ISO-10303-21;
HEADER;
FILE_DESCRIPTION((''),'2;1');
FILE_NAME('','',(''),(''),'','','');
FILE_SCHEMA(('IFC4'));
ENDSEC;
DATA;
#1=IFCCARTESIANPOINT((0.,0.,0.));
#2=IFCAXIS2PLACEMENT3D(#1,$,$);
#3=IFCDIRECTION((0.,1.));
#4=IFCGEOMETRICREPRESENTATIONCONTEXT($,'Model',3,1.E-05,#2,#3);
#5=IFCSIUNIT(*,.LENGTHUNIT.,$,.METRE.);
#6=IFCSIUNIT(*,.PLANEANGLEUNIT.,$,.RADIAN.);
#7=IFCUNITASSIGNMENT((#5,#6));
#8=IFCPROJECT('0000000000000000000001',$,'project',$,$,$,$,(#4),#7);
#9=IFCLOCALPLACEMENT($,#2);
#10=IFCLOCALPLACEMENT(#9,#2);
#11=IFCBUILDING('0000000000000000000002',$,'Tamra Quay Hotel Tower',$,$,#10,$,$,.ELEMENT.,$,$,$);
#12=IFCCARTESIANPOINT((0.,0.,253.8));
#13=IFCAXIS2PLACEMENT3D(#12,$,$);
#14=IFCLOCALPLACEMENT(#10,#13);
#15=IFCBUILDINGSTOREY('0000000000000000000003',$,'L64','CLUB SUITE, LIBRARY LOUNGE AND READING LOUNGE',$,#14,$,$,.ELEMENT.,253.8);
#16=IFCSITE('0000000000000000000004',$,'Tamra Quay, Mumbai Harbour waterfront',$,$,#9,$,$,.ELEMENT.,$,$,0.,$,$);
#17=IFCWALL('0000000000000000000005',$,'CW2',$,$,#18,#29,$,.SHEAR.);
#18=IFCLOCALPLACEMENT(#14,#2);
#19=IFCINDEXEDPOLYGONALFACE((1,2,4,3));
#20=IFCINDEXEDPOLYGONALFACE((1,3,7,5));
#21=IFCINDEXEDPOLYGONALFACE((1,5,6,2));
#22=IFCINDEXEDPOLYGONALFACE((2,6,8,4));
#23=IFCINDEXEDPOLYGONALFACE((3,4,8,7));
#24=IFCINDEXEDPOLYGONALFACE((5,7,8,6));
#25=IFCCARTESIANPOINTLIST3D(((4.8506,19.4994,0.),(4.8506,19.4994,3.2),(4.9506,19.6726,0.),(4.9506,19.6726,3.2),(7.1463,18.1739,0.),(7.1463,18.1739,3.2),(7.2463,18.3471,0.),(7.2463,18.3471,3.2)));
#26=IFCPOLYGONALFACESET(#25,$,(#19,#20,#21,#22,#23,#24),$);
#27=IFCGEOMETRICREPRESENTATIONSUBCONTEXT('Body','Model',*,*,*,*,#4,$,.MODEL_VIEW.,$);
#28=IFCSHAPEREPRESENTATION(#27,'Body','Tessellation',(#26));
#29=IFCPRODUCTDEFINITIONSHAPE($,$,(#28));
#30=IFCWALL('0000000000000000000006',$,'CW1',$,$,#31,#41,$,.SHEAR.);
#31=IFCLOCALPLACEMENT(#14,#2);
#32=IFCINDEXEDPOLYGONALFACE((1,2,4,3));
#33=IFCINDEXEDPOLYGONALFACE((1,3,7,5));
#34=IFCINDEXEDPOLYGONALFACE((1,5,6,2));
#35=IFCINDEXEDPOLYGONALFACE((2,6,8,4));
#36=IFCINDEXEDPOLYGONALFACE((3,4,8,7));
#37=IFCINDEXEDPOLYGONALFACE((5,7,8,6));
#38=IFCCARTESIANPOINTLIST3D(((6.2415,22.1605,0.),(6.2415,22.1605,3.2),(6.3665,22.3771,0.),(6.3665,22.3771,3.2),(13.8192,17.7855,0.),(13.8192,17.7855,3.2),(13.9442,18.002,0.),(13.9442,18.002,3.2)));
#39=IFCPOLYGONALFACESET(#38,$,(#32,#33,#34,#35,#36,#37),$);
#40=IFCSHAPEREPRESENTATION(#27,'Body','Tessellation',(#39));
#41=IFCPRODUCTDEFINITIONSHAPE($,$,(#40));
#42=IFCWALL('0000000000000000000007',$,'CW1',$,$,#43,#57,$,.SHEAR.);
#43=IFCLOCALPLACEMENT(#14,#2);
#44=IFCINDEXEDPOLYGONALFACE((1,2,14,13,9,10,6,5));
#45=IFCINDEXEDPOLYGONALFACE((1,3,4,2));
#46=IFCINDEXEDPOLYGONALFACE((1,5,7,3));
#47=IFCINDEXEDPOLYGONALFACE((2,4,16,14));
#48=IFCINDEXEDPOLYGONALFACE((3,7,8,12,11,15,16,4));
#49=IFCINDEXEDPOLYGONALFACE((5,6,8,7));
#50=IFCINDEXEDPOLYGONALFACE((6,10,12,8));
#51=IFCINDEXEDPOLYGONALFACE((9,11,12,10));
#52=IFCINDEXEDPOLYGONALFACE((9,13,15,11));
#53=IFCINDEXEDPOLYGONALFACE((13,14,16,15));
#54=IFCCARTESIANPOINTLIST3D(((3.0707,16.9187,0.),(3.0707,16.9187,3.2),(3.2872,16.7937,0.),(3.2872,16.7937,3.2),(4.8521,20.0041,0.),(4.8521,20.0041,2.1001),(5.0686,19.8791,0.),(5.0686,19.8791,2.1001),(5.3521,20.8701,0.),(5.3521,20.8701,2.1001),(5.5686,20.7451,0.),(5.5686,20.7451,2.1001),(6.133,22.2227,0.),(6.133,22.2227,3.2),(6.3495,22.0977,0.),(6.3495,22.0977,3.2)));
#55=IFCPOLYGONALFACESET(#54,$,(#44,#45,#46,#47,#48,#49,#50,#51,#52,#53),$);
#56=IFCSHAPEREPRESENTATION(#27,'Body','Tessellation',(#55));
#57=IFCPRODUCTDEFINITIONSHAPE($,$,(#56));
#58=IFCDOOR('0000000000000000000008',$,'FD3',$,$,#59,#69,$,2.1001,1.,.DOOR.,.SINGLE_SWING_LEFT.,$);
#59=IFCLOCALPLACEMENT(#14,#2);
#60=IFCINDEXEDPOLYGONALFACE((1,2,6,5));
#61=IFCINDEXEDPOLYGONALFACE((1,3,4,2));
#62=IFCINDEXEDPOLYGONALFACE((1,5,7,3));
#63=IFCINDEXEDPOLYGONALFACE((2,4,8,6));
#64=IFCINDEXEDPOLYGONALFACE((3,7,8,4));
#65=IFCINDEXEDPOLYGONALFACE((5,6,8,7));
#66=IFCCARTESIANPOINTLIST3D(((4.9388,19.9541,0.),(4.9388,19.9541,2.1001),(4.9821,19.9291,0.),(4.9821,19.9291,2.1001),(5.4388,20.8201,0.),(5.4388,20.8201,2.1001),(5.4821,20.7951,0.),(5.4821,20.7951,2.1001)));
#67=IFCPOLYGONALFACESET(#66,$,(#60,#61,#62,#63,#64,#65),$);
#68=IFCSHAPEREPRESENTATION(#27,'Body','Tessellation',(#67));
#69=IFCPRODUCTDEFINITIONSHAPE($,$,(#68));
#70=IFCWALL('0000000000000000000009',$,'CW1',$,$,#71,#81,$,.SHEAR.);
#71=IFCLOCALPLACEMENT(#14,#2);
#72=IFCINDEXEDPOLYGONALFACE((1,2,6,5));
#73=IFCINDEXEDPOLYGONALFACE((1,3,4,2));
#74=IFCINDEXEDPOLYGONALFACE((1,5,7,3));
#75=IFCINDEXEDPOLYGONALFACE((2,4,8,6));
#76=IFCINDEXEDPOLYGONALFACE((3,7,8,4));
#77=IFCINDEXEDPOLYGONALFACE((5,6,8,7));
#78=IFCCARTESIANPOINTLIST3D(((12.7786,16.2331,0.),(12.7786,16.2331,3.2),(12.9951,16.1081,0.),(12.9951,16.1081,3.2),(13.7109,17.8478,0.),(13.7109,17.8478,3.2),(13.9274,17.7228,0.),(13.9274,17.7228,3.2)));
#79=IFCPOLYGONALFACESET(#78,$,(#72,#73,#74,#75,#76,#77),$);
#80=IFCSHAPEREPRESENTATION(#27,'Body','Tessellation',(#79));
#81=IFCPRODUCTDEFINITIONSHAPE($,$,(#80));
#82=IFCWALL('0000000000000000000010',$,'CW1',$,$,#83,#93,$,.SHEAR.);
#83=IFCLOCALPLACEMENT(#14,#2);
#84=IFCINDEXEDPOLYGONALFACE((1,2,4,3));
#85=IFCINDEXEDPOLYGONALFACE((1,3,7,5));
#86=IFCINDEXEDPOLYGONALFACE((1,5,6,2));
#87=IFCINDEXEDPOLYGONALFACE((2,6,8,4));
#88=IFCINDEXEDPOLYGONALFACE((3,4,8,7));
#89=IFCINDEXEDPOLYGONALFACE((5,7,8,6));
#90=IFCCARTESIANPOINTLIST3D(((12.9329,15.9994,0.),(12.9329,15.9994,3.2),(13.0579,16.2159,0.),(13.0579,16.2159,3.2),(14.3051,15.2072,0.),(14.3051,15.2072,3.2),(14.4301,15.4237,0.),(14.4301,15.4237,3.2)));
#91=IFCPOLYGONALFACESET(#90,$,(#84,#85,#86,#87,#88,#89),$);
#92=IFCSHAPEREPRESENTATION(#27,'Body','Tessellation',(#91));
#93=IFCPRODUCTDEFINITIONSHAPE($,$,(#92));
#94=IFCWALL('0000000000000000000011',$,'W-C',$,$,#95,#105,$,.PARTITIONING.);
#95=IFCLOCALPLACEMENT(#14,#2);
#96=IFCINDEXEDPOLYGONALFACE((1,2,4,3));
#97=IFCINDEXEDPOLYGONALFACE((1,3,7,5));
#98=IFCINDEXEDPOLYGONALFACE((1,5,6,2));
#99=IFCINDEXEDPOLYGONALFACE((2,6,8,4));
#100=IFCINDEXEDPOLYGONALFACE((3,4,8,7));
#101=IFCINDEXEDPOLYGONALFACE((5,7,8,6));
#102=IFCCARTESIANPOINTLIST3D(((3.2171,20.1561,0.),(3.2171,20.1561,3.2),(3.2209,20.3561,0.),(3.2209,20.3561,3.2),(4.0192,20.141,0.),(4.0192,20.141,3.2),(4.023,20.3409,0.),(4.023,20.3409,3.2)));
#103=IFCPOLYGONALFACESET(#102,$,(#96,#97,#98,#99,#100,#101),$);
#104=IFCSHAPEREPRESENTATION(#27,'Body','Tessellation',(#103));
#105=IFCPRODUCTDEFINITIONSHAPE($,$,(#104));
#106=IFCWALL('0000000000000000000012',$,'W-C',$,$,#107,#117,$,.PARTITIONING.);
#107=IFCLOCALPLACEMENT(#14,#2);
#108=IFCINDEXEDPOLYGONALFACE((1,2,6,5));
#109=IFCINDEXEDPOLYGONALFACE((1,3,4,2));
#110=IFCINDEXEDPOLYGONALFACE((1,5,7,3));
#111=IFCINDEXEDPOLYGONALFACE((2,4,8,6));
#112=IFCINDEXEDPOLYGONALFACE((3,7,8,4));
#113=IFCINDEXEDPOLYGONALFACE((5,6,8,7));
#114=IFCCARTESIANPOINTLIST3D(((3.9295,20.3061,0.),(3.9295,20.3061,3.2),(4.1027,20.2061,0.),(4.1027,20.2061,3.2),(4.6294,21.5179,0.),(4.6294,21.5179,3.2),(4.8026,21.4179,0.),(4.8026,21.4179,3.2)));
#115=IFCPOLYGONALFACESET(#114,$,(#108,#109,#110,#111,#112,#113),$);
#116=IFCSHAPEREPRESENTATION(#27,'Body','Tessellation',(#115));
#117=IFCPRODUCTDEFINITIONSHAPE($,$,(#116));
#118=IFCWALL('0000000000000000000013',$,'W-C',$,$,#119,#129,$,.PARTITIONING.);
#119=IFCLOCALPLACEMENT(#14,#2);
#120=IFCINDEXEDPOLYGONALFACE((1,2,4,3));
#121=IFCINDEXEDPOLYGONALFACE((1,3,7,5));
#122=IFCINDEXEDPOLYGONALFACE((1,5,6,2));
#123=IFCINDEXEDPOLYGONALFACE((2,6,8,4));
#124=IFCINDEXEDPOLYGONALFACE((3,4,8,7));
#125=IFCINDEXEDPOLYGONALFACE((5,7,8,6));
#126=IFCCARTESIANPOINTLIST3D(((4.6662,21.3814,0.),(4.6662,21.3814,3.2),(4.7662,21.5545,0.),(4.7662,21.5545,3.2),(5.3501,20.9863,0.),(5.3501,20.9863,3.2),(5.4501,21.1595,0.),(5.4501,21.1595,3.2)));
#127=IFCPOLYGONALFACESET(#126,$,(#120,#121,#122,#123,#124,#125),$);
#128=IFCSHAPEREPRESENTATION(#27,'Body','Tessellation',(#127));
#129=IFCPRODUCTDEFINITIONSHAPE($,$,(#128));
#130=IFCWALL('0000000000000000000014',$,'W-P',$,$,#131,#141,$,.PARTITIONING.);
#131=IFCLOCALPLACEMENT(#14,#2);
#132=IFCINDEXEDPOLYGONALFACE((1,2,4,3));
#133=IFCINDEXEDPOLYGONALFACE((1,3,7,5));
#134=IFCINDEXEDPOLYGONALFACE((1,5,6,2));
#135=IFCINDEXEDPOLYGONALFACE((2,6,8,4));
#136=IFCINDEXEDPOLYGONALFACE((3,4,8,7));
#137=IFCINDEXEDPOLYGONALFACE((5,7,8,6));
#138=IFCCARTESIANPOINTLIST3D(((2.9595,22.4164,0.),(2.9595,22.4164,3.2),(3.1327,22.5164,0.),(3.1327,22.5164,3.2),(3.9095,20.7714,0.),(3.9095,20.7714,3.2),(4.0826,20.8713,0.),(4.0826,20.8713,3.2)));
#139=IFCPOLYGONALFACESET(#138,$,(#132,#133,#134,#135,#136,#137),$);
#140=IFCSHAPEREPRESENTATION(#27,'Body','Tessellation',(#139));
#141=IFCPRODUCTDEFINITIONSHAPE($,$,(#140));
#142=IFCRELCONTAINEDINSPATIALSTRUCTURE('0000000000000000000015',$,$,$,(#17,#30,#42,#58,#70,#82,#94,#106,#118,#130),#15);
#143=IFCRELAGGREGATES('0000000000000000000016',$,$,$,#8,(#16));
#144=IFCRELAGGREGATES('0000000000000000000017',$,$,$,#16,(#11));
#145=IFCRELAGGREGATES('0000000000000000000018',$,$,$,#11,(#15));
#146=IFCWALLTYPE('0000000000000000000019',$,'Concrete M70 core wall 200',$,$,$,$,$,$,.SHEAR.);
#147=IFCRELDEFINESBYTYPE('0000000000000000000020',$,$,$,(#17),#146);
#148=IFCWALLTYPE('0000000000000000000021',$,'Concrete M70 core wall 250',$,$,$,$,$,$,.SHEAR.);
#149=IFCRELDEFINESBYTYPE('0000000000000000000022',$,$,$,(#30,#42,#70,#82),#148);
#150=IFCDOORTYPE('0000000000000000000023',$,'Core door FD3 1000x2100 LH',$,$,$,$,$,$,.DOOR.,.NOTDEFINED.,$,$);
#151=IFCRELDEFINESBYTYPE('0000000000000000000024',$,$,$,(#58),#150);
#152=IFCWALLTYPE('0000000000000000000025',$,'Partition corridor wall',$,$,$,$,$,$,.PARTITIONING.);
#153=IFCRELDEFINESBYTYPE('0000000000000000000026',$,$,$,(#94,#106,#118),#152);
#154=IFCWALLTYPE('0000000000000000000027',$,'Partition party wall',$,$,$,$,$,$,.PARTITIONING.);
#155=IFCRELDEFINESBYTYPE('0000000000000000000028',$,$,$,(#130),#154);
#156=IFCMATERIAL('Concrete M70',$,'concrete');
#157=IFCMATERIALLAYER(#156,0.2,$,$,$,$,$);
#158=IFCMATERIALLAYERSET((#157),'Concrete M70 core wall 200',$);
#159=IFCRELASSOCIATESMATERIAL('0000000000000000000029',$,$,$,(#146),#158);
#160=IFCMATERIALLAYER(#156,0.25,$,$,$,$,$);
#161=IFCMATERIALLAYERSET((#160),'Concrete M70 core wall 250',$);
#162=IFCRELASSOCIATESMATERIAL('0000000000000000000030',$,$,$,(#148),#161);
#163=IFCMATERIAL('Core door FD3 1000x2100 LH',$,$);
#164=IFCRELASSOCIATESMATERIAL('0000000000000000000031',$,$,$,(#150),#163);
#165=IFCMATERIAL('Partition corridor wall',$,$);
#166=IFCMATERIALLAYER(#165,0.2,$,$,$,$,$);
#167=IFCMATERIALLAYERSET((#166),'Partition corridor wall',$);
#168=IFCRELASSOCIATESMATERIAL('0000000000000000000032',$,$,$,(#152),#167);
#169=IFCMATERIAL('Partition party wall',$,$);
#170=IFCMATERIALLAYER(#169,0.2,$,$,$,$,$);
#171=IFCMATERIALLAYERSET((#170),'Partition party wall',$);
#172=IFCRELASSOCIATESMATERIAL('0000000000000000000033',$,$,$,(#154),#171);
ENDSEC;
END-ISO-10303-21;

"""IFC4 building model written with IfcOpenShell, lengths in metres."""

from ifc_helpers import new_model, si_unit, direction, frame, frame_2d, origin, place, context, subcontext, project, spatial, rectangle, extrude, material, layer, layer_set, type_object, element, fill, save


model = new_model("IFC4")

# Units and contexts
model_context = context("Model", 3, precision=1e-05, world=origin(), true_north=direction((0.0, 1.0)))
body_context = subcontext(model_context, "Body", "Model", "MODEL_VIEW")
ifc_project = project(units=[si_unit("LENGTHUNIT", "METRE"), si_unit("PLANEANGLEUNIT", "RADIAN")], contexts=[model_context])

# Site, building, storey
site_placement = place(None, origin())
site = spatial("IfcSite", under=ifc_project, at=site_placement, Name="Tamra Quay, Mumbai Harbour waterfront", CompositionType="ELEMENT", RefElevation=0.0)
building_placement = place(site_placement, origin())
building = spatial("IfcBuilding", under=site, at=building_placement, Name="Tamra Quay Hotel Tower", CompositionType="ELEMENT")
storey_placement = place(building_placement, frame((0.0, 0.0, 253.8)))
storey = spatial("IfcBuildingStorey", under=building, at=storey_placement, Name="L64", Description="CLUB SUITE, LIBRARY LOUNGE AND READING LOUNGE", CompositionType="ELEMENT", Elevation=253.8)

# Shared definitions
ifc_material_1 = material(Name="Concrete M70", Category="concrete")

# Shared definitions
ifc_layer_1 = layer(ifc_material_1, 0.2)
ifc_layer_set_1 = layer_set([ifc_layer_1], Name="Concrete M70 core wall 200")
wall_type_1 = type_object("IfcWallType", Name="Concrete M70 core wall 200", PredefinedType="SHEAR", material=ifc_layer_set_1)

# Walls
wall_1_placement = place(storey_placement, frame((7.1963, 18.2605, 0.0), z_axis=(0.0, 0.0, 1.0), x_axis=(-0.866018, 0.500012, 0.0)))
element("IfcWall", 1, at=wall_1_placement, inside=storey, type_object=wall_type_1, Name="CW2", PredefinedType="SHEAR", context=body_context, shape_type="SweptSolid", body=[
    extrude(rectangle(XDim=2.6509, YDim=0.2, at=frame_2d((1.3254, 0.0))), origin(), (0.0, 0.0, 1.0), 3.2),
])
ifc_layer_2 = layer(ifc_material_1, 0.25)
ifc_layer_set_2 = layer_set([ifc_layer_2], Name="Concrete M70 core wall 250")
wall_type_2 = type_object("IfcWallType", Name="Concrete M70 core wall 250", PredefinedType="SHEAR", material=ifc_layer_set_2)
wall_2_placement = place(storey_placement, frame((6.304, 22.2688, 0.0), z_axis=(0.0, 0.0, 1.0), x_axis=(0.866023, -0.500004, 0.0)))
element("IfcWall", 2, at=wall_2_placement, inside=storey, type_object=wall_type_2, Name="CW1", PredefinedType="SHEAR", context=body_context, shape_type="SweptSolid", body=[
    extrude(rectangle(XDim=8.75, YDim=0.25, at=frame_2d((4.375, 0.0))), origin(), (0.0, 0.0, 1.0), 3.2),
])

# Wall, opening, door
wall_3_placement = place(storey_placement, frame((3.179, 16.8562, 0.0), z_axis=(0.0, 0.0, 1.0), x_axis=(0.500002, 0.866024, 0.0)))
wall_3 = element("IfcWall", 3, at=wall_3_placement, inside=storey, type_object=wall_type_2, Name="CW1", PredefinedType="SHEAR", context=body_context, shape_type="SweptSolid", body=[
    extrude(rectangle(XDim=6.1245, YDim=0.25, at=frame_2d((3.0623, 0.0))), origin(), (0.0, 0.0, 1.0), 3.2),
])
opening_1_placement = place(wall_3_placement, frame((3.5627, 0.0, 0.0)))
opening_1 = element("IfcOpeningElement", 4, at=opening_1_placement, cuts=wall_3, PredefinedType="OPENING", context=body_context, shape_type="SweptSolid", body=[
    extrude(rectangle(XDim=1.0, YDim=2.1001, at=frame_2d((0.5, 1.05))), frame((0.0, 0.135, 0.0), z_axis=(0.0, -1.0, 0.0), x_axis=(1.0, 0.0, 0.0)), (0.0, 0.0, 1.0), 0.27),
])
ifc_material_2 = material(Name="Core door FD3 1000x2100 LH")
door_type_1 = type_object("IfcDoorType", Name="Core door FD3 1000x2100 LH", OperationType="NOTDEFINED", PredefinedType="DOOR", material=ifc_material_2)
door_1_placement = place(opening_1_placement, origin())
door_1 = element("IfcDoor", 5, at=door_1_placement, inside=storey, type_object=door_type_1, Name="FD3", OperationType="SINGLE_SWING_LEFT", OverallHeight=2.1001, OverallWidth=1.0, PredefinedType="DOOR", context=body_context, shape_type="SweptSolid", body=[
    extrude(rectangle(XDim=1.0, YDim=2.1001, at=frame_2d((0.5, 1.05))), frame((0.0, 0.0249, 0.0), z_axis=(0.0, -1.0, 0.0), x_axis=(1.0, 0.0, 0.0)), (0.0, 0.0, 1.0), 0.05),
])
fill(opening_1, door_1)

# Walls
wall_4_placement = place(storey_placement, frame((13.8191, 17.7852, 0.0), z_axis=(0.0, 0.0, 1.0), x_axis=(-0.50004, -0.866002, 0.0)))
element("IfcWall", 6, at=wall_4_placement, inside=storey, type_object=wall_type_2, Name="CW1", PredefinedType="SHEAR", context=body_context, shape_type="SweptSolid", body=[
    extrude(rectangle(XDim=1.8645, YDim=0.25, at=frame_2d((0.9321, 0.0))), origin(), (0.0, 0.0, 1.0), 3.2),
])
wall_5_placement = place(storey_placement, frame((12.9954, 16.1077, 0.0), z_axis=(0.0, 0.0, 1.0), x_axis=(0.866044, -0.499967, 0.0)))
element("IfcWall", 7, at=wall_5_placement, inside=storey, type_object=wall_type_2, Name="CW1", PredefinedType="SHEAR", context=body_context, shape_type="SweptSolid", body=[
    extrude(rectangle(XDim=1.5845, YDim=0.25, at=frame_2d((0.7922, 0.0))), origin(), (0.0, 0.0, 1.0), 3.2),
])
ifc_material_3 = material(Name="Partition corridor wall")
ifc_layer_3 = layer(ifc_material_3, 0.2)
ifc_layer_set_3 = layer_set([ifc_layer_3], Name="Partition corridor wall")
wall_type_3 = type_object("IfcWallType", Name="Partition corridor wall", PredefinedType="PARTITIONING", material=ifc_layer_set_3)
wall_6_placement = place(storey_placement, frame((3.219, 20.2561, 0.0), z_axis=(0.0, 0.0, 1.0), x_axis=(0.999822, -0.01887, 0.0)))
element("IfcWall", 8, at=wall_6_placement, inside=storey, type_object=wall_type_3, Name="W-C", PredefinedType="PARTITIONING", context=body_context, shape_type="SweptSolid", body=[
    extrude(rectangle(XDim=0.8022, YDim=0.2, at=frame_2d((0.4011, 0.0))), origin(), (0.0, 0.0, 1.0), 3.2),
])
wall_7_placement = place(storey_placement, frame((4.0161, 20.2561, 0.0), z_axis=(0.0, 0.0, 1.0), x_axis=(0.500135, 0.865947, 0.0)))
element("IfcWall", 9, at=wall_7_placement, inside=storey, type_object=wall_type_3, Name="W-C", PredefinedType="PARTITIONING", context=body_context, shape_type="SweptSolid", body=[
    extrude(rectangle(XDim=1.3994, YDim=0.2, at=frame_2d((0.6997, 0.0))), origin(), (0.0, 0.0, 1.0), 3.2),
])
wall_8_placement = place(storey_placement, frame((4.7161, 21.468, 0.0), z_axis=(0.0, 0.0, 1.0), x_axis=(0.865913, -0.500195, 0.0)))
element("IfcWall", 10, at=wall_8_placement, inside=storey, type_object=wall_type_3, Name="W-C", PredefinedType="PARTITIONING", context=body_context, shape_type="SweptSolid", body=[
    extrude(rectangle(XDim=0.7898, YDim=0.2, at=frame_2d((0.395, 0.0))), origin(), (0.0, 0.0, 1.0), 3.2),
])
ifc_material_4 = material(Name="Partition party wall")
ifc_layer_4 = layer(ifc_material_4, 0.2)
ifc_layer_set_4 = layer_set([ifc_layer_4], Name="Partition party wall")
wall_type_4 = type_object("IfcWallType", Name="Partition party wall", PredefinedType="PARTITIONING", material=ifc_layer_set_4)
wall_9_placement = place(storey_placement, frame((3.0461, 22.4663, 0.0), z_axis=(0.0, 0.0, 1.0), x_axis=(0.500078, -0.86598, 0.0)))
element("IfcWall", 11, at=wall_9_placement, inside=storey, type_object=wall_type_4, Name="W-P", PredefinedType="PARTITIONING", context=body_context, shape_type="SweptSolid", body=[
    extrude(rectangle(XDim=1.8997, YDim=0.2, at=frame_2d((0.9497, 0.0))), origin(), (0.0, 0.0, 1.0), 3.2),
])

save(model, "model.ifc")
